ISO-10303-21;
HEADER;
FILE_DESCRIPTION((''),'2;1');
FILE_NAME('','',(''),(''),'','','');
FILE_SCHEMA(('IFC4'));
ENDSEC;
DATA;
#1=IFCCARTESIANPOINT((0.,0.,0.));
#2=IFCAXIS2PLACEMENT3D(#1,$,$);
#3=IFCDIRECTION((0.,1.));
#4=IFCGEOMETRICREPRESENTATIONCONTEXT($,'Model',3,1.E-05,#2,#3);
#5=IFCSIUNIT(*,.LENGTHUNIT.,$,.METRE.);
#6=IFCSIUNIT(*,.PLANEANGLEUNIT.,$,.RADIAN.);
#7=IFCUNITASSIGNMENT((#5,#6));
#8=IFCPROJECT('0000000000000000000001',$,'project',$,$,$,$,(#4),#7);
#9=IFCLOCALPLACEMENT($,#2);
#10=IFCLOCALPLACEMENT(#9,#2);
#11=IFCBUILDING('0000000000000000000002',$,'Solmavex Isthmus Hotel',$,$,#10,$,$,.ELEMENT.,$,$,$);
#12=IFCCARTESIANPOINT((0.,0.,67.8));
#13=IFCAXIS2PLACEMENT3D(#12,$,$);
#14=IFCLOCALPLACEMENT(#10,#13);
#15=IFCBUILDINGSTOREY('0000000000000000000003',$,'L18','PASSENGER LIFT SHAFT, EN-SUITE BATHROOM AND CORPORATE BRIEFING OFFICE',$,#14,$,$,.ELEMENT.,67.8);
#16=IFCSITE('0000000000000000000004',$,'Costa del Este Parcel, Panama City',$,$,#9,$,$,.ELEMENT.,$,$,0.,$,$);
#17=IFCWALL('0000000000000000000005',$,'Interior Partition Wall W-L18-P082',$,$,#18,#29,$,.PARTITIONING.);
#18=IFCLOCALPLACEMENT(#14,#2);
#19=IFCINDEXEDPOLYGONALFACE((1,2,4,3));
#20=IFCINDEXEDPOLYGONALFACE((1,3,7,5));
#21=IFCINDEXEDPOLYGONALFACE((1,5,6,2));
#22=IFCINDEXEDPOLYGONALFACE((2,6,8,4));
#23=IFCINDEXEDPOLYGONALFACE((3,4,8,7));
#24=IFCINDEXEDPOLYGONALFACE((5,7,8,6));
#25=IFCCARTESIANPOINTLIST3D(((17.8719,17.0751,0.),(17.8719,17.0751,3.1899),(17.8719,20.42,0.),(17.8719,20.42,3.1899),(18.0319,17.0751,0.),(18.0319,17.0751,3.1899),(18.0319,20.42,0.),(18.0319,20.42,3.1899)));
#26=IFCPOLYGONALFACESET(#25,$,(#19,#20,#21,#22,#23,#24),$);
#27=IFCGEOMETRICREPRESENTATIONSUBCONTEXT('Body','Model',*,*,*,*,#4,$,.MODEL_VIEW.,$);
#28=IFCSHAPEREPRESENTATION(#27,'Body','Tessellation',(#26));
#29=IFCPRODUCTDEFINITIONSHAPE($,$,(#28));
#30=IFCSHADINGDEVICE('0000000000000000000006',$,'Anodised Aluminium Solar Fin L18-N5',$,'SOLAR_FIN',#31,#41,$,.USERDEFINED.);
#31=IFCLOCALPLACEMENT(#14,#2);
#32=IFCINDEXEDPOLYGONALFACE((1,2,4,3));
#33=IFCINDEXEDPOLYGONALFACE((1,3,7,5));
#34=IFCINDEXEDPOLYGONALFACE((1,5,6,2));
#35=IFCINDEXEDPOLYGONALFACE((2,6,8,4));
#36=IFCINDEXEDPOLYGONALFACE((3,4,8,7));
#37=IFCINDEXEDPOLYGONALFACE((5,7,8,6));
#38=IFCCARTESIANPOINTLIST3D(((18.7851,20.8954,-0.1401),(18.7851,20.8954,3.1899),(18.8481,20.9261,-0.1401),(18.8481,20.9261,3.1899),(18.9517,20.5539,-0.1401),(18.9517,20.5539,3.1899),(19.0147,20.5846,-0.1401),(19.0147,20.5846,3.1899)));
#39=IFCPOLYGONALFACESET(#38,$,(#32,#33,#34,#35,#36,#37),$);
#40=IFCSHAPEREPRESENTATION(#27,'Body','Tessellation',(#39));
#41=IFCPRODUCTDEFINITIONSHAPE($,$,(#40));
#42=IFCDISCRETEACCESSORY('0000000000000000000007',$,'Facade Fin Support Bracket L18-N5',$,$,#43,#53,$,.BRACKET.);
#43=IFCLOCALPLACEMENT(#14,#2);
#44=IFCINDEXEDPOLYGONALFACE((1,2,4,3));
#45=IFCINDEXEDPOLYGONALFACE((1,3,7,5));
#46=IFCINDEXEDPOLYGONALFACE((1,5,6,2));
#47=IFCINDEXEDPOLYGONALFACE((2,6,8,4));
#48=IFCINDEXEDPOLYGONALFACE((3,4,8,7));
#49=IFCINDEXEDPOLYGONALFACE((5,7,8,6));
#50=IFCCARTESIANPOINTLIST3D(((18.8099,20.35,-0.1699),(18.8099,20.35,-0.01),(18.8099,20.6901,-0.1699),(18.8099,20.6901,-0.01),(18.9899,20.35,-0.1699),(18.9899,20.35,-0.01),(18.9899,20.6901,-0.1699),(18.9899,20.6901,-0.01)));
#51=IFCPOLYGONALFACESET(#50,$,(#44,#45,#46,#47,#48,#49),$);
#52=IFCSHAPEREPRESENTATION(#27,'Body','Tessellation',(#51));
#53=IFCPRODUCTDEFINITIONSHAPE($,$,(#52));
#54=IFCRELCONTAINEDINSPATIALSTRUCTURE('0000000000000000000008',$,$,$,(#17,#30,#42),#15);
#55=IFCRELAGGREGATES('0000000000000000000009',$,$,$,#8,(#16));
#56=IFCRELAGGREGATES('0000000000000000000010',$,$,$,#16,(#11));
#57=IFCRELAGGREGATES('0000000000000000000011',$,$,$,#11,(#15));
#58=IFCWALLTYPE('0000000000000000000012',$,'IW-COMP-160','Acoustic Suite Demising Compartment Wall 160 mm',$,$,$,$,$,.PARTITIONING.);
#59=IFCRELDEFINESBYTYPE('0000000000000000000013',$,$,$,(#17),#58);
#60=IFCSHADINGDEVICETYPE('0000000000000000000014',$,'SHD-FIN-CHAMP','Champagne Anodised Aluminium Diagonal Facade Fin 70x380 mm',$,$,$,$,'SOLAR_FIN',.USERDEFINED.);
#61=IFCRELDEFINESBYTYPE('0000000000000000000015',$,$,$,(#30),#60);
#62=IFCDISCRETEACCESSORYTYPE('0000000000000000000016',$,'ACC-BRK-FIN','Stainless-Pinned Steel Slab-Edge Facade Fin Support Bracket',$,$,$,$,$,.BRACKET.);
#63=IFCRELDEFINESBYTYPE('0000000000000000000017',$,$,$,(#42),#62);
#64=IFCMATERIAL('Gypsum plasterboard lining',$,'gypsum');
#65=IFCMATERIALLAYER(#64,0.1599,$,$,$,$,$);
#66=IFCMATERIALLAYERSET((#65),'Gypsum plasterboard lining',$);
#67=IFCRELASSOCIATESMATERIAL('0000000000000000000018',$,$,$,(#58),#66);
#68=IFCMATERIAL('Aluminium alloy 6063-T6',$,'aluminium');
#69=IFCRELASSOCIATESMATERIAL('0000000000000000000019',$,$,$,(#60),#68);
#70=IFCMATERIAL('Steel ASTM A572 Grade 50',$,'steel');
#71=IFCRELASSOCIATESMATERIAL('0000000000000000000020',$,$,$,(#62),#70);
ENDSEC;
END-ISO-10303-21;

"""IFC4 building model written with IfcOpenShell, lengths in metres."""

from ifc_helpers import new_model, si_unit, direction, frame, frame_2d, origin, origin_2d, place, context, subcontext, project, spatial, rectangle, extrude, material, layer, layer_set, type_object, element, save


model = new_model("IFC4")

# Units and contexts
model_context = context("Model", 3, precision=1e-05, world=origin(), true_north=direction((0.0, 1.0)))
body_context = subcontext(model_context, "Body", "Model", "MODEL_VIEW")
ifc_project = project(units=[si_unit("LENGTHUNIT", "METRE"), si_unit("PLANEANGLEUNIT", "RADIAN")], contexts=[model_context])

# Site, building, storey
site_placement = place(None, origin())
site = spatial("IfcSite", under=ifc_project, at=site_placement, Name="Costa del Este Parcel, Panama City", CompositionType="ELEMENT", RefElevation=0.0)
building_placement = place(site_placement, origin())
building = spatial("IfcBuilding", under=site, at=building_placement, Name="Solmavex Isthmus Hotel", CompositionType="ELEMENT")
storey_placement = place(building_placement, frame((0.0, 0.0, 67.8)))
storey = spatial("IfcBuildingStorey", under=building, at=storey_placement, Name="L18", Description="PASSENGER LIFT SHAFT, EN-SUITE BATHROOM AND CORPORATE BRIEFING OFFICE", CompositionType="ELEMENT", Elevation=67.8)

# Shared definitions
ifc_material_1 = material(Name="Aluminium alloy 6063-T6", Category="aluminium")

# Wall
ifc_material_2 = material(Name="Gypsum plasterboard lining", Category="gypsum")
ifc_layer_1 = layer(ifc_material_2, 0.1599)
ifc_layer_set_1 = layer_set([ifc_layer_1], Name="Gypsum plasterboard lining")
wall_type_1 = type_object("IfcWallType", Name="IW-COMP-160", Description="Acoustic Suite Demising Compartment Wall 160 mm", PredefinedType="PARTITIONING", material=ifc_layer_set_1)
wall_1_placement = place(storey_placement, frame((17.9519, 20.4199, 0.0), z_axis=(0.0, 0.0, 1.0), x_axis=(0.0, -1.0, 0.0)))
element("IfcWall", 1, at=wall_1_placement, inside=storey, type_object=wall_type_1, Name="Interior Partition Wall W-L18-P082", PredefinedType="PARTITIONING", context=body_context, shape_type="SweptSolid", body=[
    extrude(rectangle(XDim=3.345, YDim=0.1599, at=frame_2d((1.6724, 0.0))), origin(), (0.0, 0.0, 1.0), 3.1899),
])

# Shading device
shading_device_type = type_object("IfcShadingDeviceType", Name="SHD-FIN-CHAMP", Description="Champagne Anodised Aluminium Diagonal Facade Fin 70x380 mm", ElementType="SOLAR_FIN", PredefinedType="USERDEFINED", material=ifc_material_1)
shading_device_placement = place(storey_placement, frame((18.8999, 20.74, -0.1401), z_axis=(0.0, 0.0, 1.0), x_axis=(-0.438371, 0.898794, 0.0)))
element("IfcShadingDevice", 2, at=shading_device_placement, inside=storey, type_object=shading_device_type, Name="Anodised Aluminium Solar Fin L18-N5", ObjectType="SOLAR_FIN", PredefinedType="USERDEFINED", context=body_context, shape_type="SweptSolid", body=[
    extrude(rectangle(XDim=0.3799, YDim=0.0701, at=origin_2d()), origin(), (0.0, 0.0, 1.0), 3.3301),
])

# Discrete accessory
ifc_material_3 = material(Name="Steel ASTM A572 Grade 50", Category="steel")
discrete_accessory_type = type_object("IfcDiscreteAccessoryType", Name="ACC-BRK-FIN", Description="Stainless-Pinned Steel Slab-Edge Facade Fin Support Bracket", PredefinedType="BRACKET", material=ifc_material_3)
discrete_accessory_placement = place(storey_placement, frame((18.8999, 20.52, -0.1699), z_axis=(0.0, 0.0, 1.0), x_axis=(0.0, 1.0, 0.0)))
element("IfcDiscreteAccessory", 3, at=discrete_accessory_placement, inside=storey, type_object=discrete_accessory_type, Name="Facade Fin Support Bracket L18-N5", PredefinedType="BRACKET", context=body_context, shape_type="SweptSolid", body=[
    extrude(rectangle(XDim=0.3401, YDim=0.1799, at=origin_2d()), origin(), (0.0, 0.0, 1.0), 0.1599),
])

save(model, "model.ifc")
